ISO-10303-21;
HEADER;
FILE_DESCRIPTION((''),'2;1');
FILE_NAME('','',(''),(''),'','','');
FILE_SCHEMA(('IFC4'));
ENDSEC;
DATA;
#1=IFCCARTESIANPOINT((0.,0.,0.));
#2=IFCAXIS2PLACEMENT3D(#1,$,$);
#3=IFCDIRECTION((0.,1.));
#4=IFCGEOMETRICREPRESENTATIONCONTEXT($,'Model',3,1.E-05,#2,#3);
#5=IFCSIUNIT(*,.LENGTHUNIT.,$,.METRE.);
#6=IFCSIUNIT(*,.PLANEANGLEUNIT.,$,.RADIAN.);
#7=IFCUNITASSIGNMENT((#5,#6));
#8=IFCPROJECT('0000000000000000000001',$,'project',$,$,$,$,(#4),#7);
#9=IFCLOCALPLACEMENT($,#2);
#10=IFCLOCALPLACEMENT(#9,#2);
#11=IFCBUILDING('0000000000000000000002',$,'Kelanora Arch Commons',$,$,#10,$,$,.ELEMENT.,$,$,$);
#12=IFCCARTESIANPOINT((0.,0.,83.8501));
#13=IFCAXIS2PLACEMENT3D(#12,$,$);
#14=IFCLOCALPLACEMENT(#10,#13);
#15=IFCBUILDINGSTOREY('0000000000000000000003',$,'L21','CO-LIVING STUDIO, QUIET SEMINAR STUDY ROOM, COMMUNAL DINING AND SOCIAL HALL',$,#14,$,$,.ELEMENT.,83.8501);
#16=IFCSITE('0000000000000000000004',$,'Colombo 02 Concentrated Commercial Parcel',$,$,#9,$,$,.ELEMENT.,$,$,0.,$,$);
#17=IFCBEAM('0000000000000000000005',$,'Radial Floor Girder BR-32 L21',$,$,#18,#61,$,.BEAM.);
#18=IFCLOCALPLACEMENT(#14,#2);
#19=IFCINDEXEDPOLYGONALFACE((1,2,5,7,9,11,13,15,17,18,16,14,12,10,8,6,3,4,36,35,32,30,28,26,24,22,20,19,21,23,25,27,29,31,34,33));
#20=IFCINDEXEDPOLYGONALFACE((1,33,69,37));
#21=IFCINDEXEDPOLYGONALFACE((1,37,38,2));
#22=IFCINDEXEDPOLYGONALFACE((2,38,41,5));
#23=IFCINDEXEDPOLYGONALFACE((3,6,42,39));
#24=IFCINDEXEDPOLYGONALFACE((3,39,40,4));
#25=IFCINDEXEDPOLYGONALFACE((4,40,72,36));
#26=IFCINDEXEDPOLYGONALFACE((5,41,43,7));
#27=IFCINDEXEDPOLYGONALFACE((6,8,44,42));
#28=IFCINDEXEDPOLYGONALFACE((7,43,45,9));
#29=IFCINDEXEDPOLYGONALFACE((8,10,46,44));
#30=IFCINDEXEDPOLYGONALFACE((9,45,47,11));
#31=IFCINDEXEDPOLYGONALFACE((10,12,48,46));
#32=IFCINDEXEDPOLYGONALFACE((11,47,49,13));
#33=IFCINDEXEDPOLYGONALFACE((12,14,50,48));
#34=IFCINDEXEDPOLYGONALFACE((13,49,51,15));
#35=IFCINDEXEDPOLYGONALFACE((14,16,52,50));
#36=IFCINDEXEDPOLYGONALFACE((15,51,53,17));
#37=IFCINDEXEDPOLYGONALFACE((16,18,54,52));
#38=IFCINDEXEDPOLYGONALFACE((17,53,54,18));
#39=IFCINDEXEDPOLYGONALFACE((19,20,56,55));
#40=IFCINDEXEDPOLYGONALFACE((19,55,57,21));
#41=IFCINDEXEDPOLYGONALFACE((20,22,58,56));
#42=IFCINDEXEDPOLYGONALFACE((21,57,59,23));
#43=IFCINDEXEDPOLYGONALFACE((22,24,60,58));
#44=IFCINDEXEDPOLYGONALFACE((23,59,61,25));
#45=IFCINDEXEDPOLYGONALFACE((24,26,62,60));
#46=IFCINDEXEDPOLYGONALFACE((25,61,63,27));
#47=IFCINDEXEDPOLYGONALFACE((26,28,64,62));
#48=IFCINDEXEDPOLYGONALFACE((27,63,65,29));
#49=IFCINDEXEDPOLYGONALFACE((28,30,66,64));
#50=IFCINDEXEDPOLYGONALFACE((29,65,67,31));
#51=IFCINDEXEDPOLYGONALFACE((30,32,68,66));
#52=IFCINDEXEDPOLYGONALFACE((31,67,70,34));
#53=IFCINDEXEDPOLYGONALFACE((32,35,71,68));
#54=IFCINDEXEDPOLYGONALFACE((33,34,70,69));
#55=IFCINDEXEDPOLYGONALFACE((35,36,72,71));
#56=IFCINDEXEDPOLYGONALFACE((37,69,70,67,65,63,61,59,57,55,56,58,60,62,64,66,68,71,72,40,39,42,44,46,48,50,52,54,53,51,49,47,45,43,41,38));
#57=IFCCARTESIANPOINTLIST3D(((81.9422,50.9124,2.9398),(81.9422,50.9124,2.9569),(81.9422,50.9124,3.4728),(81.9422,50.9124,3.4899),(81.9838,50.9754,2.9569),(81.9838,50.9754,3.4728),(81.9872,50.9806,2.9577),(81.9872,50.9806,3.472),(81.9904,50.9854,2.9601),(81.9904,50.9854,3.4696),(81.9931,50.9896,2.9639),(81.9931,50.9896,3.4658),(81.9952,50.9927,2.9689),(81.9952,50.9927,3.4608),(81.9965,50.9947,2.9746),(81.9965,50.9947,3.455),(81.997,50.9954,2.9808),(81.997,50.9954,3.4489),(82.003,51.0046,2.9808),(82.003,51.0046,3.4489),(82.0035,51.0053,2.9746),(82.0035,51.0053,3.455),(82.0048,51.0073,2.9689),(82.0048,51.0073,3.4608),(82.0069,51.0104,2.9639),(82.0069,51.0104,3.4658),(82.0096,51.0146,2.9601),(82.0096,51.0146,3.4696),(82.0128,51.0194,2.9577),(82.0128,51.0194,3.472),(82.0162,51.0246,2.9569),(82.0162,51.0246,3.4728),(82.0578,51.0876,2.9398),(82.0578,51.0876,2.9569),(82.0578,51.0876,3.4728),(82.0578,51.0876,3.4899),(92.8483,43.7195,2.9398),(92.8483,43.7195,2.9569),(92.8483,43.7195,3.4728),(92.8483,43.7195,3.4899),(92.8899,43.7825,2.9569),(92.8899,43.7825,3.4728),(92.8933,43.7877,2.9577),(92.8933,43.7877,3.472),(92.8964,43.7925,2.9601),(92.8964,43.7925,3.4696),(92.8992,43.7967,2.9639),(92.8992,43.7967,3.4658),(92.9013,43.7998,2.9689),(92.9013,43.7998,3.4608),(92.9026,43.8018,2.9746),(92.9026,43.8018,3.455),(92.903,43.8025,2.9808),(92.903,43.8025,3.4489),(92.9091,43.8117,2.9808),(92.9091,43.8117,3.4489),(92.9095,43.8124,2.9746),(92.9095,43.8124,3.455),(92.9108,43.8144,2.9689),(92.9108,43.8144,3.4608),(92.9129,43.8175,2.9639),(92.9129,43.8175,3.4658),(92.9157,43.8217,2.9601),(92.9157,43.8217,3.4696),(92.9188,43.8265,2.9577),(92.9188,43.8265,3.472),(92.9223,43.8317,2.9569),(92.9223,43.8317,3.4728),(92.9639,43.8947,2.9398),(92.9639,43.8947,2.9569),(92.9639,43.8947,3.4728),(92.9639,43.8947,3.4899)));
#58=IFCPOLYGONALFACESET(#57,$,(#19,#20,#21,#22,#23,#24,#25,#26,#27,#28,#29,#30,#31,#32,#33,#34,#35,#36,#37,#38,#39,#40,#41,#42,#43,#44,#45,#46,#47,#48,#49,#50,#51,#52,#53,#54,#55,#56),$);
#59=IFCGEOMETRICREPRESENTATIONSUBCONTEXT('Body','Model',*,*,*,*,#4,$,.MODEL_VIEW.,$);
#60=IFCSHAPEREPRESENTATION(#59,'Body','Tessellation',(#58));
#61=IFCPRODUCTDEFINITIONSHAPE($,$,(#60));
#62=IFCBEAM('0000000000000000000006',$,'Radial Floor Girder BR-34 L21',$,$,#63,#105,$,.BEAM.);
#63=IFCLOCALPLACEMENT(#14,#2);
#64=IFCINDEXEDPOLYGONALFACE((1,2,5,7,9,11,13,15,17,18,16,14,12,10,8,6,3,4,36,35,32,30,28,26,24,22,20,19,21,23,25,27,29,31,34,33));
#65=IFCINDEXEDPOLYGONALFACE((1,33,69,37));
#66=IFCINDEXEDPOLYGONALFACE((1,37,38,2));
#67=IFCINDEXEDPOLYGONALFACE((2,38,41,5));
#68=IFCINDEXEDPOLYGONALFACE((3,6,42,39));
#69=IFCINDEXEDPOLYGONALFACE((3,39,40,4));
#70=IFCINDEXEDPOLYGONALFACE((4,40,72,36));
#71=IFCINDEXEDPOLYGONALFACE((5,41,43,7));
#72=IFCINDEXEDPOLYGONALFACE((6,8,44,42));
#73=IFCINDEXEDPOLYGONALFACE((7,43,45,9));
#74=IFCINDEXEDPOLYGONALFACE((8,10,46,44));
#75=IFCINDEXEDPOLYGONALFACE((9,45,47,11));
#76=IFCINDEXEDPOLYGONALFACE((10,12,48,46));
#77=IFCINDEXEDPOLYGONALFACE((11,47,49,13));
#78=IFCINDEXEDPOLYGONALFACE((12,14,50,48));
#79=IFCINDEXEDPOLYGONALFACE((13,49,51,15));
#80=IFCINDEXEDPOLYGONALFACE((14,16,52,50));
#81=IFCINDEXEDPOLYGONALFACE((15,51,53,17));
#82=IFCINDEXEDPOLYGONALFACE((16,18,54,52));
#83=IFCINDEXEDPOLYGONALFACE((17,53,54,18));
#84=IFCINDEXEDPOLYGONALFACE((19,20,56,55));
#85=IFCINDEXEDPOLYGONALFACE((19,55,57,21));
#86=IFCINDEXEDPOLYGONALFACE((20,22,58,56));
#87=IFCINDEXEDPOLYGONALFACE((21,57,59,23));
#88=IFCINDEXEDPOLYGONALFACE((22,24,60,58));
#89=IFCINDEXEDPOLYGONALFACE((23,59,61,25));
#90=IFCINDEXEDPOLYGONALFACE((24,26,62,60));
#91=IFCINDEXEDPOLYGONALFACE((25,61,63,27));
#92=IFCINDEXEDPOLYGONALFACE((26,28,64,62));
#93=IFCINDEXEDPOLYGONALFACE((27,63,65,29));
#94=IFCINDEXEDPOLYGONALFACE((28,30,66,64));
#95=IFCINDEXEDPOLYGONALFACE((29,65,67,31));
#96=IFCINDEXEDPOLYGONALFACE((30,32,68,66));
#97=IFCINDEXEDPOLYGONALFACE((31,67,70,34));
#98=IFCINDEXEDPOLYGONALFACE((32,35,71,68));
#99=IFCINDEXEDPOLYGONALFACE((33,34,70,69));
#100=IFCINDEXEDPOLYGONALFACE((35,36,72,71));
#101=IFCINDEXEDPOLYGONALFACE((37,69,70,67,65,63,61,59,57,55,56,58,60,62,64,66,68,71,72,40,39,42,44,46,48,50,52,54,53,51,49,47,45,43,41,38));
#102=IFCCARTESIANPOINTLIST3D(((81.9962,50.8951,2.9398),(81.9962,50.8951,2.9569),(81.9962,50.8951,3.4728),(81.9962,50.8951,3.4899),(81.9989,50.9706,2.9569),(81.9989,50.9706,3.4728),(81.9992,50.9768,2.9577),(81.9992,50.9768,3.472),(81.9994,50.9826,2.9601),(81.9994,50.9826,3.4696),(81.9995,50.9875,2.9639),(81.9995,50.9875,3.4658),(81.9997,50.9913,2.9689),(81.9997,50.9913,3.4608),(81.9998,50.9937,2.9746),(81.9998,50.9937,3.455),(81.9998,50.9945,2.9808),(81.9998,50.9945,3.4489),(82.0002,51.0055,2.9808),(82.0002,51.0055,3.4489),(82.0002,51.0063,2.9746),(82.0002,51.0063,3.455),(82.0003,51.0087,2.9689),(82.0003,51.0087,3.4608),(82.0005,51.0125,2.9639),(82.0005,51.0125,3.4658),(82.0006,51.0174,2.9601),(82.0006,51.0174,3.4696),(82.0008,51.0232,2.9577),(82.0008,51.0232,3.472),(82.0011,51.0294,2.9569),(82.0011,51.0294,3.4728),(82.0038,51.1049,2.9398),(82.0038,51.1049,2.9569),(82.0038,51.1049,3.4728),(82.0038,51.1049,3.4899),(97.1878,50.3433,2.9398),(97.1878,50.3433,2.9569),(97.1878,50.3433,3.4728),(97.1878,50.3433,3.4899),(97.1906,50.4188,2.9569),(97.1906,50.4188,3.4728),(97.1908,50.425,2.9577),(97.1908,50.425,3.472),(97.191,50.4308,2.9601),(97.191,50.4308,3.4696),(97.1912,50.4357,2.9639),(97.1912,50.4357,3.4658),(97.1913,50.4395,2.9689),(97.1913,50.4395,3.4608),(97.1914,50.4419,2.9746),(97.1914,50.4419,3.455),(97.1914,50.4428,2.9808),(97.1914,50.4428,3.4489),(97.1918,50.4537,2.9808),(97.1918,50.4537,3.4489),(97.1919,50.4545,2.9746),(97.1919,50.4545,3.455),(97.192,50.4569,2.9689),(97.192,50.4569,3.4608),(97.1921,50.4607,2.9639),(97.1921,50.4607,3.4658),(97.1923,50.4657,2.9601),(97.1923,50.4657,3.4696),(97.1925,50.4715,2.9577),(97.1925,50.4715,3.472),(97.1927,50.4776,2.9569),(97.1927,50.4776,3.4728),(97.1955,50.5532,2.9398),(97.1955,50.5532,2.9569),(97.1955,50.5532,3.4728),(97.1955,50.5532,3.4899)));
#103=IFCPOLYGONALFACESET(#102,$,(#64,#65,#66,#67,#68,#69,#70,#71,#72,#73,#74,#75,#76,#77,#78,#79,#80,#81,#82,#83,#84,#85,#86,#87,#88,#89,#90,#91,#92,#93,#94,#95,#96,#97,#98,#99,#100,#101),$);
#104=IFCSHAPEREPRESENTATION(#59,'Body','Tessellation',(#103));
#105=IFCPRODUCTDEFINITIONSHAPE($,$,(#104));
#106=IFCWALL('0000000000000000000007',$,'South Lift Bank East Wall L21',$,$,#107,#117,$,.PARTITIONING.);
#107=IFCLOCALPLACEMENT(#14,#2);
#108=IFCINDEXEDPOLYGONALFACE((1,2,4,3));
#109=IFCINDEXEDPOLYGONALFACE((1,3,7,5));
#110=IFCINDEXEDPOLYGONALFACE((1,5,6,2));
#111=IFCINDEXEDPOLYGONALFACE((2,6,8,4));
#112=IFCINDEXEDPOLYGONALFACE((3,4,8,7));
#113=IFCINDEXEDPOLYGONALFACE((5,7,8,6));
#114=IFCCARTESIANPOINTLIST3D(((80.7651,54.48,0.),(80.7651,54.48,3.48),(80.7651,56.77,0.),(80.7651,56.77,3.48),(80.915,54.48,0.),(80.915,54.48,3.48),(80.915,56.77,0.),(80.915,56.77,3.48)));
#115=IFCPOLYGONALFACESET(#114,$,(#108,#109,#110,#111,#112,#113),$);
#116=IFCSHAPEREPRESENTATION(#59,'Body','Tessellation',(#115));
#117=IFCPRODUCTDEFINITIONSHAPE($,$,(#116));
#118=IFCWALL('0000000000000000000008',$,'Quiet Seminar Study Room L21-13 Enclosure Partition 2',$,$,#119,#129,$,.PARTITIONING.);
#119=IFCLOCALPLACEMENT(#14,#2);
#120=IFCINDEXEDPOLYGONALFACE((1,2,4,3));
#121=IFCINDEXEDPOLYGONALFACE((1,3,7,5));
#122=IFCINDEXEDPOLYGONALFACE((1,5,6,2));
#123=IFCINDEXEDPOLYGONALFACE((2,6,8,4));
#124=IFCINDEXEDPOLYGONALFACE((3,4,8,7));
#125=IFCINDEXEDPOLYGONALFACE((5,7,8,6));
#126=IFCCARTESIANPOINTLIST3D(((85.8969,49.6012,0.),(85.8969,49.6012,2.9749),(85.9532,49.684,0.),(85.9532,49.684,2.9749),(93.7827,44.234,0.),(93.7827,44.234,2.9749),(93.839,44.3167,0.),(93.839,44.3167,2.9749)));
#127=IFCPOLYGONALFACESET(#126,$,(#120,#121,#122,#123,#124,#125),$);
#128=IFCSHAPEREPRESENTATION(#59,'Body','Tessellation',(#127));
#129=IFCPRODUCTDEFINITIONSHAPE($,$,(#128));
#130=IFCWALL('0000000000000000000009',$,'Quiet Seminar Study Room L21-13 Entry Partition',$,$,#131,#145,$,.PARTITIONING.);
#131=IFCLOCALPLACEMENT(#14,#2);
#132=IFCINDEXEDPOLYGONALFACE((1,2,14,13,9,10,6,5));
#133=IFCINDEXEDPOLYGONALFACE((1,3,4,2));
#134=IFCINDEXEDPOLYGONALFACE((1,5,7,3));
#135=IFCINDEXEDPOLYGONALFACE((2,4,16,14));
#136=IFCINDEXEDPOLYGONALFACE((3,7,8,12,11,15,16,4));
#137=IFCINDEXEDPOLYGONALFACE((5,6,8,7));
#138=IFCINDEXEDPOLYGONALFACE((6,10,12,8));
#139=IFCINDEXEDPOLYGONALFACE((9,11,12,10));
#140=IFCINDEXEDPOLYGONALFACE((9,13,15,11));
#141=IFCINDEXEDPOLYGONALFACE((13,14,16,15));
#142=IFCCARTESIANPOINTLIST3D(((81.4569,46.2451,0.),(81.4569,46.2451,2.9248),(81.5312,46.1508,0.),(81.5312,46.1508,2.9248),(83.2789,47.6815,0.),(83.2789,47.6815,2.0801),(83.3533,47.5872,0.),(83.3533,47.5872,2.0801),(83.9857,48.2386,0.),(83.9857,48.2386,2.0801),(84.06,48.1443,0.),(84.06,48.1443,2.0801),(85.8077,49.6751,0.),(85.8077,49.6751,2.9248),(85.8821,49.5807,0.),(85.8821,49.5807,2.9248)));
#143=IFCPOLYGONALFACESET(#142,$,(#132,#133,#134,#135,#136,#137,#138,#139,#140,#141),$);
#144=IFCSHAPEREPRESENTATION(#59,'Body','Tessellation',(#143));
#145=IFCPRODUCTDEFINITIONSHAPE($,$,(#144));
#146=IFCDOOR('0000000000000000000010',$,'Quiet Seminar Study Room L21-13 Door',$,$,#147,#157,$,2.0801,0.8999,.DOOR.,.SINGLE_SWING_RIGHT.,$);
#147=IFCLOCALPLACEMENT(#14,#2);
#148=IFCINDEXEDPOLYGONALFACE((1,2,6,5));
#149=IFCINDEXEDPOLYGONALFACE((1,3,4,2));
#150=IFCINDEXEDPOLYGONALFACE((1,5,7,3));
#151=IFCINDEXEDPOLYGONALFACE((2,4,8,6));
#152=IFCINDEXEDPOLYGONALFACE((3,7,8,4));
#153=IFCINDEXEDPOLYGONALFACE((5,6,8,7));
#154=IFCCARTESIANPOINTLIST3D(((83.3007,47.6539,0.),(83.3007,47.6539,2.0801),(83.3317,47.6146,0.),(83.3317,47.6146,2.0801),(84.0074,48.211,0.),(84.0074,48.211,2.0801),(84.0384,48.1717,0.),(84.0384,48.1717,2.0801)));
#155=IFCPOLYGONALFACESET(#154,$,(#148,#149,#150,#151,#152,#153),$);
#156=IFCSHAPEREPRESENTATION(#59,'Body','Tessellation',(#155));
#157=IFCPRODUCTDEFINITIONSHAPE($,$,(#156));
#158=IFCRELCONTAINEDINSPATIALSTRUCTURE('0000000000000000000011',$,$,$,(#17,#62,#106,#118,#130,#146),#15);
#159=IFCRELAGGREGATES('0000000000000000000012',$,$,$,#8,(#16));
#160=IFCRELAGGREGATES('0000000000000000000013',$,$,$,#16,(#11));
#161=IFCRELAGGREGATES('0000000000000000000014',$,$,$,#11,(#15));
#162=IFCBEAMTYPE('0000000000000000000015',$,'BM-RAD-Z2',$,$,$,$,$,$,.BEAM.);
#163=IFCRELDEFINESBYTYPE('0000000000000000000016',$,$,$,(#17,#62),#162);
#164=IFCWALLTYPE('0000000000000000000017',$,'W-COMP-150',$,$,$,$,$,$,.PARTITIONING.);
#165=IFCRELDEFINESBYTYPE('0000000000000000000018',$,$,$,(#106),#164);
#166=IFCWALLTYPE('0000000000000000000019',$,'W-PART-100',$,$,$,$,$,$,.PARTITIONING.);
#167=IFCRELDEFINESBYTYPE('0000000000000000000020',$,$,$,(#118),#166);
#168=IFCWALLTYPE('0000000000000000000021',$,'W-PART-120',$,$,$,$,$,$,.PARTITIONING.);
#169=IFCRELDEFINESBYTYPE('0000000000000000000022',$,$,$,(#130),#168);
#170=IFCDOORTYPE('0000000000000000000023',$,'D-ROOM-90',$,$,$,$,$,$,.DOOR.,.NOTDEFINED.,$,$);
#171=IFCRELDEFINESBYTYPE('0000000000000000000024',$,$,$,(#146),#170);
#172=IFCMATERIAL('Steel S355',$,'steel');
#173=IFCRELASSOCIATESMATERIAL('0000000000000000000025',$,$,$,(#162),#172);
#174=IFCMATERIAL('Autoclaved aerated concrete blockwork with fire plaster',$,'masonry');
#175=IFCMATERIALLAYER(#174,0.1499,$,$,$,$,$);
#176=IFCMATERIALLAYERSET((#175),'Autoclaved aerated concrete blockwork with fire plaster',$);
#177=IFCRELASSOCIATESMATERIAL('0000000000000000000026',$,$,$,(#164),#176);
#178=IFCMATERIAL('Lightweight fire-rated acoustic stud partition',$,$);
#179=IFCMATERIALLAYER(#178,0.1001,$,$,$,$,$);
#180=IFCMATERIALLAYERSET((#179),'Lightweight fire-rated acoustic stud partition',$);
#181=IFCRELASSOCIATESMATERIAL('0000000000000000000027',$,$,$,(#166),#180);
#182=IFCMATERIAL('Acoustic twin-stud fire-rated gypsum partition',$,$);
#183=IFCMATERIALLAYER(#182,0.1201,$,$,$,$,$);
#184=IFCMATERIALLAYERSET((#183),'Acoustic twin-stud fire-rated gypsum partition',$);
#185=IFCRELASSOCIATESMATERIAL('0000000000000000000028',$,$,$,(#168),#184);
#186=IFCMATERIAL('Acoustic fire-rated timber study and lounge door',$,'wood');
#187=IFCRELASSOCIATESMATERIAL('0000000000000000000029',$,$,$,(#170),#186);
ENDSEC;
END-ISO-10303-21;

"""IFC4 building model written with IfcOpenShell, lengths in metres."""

from ifc_helpers import new_model, si_unit, direction, frame, frame_2d, origin, origin_2d, place, context, subcontext, project, spatial, rectangle, i_section, extrude, material, layer, layer_set, material_profile, profile_set, type_object, element, fill, save


model = new_model("IFC4")

# Units and contexts
model_context = context("Model", 3, precision=1e-05, world=origin(), true_north=direction((0.0, 1.0)))
body_context = subcontext(model_context, "Body", "Model", "MODEL_VIEW")
ifc_project = project(units=[si_unit("LENGTHUNIT", "METRE"), si_unit("PLANEANGLEUNIT", "RADIAN")], contexts=[model_context])

# Site, building, storey
site_placement = place(None, origin())
site = spatial("IfcSite", under=ifc_project, at=site_placement, Name="Colombo 02 Concentrated Commercial Parcel", CompositionType="ELEMENT", RefElevation=0.0)
building_placement = place(site_placement, origin())
building = spatial("IfcBuilding", under=site, at=building_placement, Name="Kelanora Arch Commons", CompositionType="ELEMENT")
storey_placement = place(building_placement, frame((0.0, 0.0, 83.8501)))
storey = spatial("IfcBuildingStorey", under=building, at=storey_placement, Name="L21", Description="CO-LIVING STUDIO, QUIET SEMINAR STUDY ROOM, COMMUNAL DINING AND SOCIAL HALL", CompositionType="ELEMENT", Elevation=83.8501)

# Beams
ifc_material_1 = material(Name="Steel S355", Category="steel")
ifc_material_profile_1 = material_profile(ifc_material_1, i_section(OverallWidth=0.21, OverallDepth=0.55, WebThickness=0.011, FlangeThickness=0.0171, FilletRadius=0.0239, at=origin_2d()), Name="IPE550")
ifc_profile_set_1 = profile_set([ifc_material_profile_1], Name="Steel S355")
beam_type_1 = type_object("IfcBeamType", Name="BM-RAD-Z2", PredefinedType="BEAM", material=ifc_profile_set_1)
beam_1_placement = place(storey_placement, frame((82.0, 51.0, 3.2148), z_axis=(0.834789, -0.550571, 0.0), x_axis=(0.550571, 0.834789, 0.0)))
element("IfcBeam", 1, at=beam_1_placement, inside=storey, type_object=beam_type_1, Name="Radial Floor Girder BR-32 L21", PredefinedType="BEAM", context=body_context, shape_type="SweptSolid", body=[
    extrude(i_section(OverallWidth=0.21, OverallDepth=0.55, WebThickness=0.011, FlangeThickness=0.0171, FilletRadius=0.0239, at=origin_2d()), origin(), (0.0, 0.0, 1.0), 13.0645),
])
beam_2_placement = place(storey_placement, frame((82.0, 51.0, 3.2148), z_axis=(0.999341, -0.036296, 0.0), x_axis=(0.036296, 0.999341, 0.0)))
element("IfcBeam", 2, at=beam_2_placement, inside=storey, type_object=beam_type_1, Name="Radial Floor Girder BR-34 L21", PredefinedType="BEAM", context=body_context, shape_type="SweptSolid", body=[
    extrude(i_section(OverallWidth=0.21, OverallDepth=0.55, WebThickness=0.011, FlangeThickness=0.0171, FilletRadius=0.0239, at=origin_2d()), origin(), (0.0, 0.0, 1.0), 15.2017),
])

# Walls
ifc_material_2 = material(Name="Autoclaved aerated concrete blockwork with fire plaster", Category="masonry")
ifc_layer_1 = layer(ifc_material_2, 0.1499)
ifc_layer_set_1 = layer_set([ifc_layer_1], Name="Autoclaved aerated concrete blockwork with fire plaster")
wall_type_1 = type_object("IfcWallType", Name="W-COMP-150", PredefinedType="PARTITIONING", material=ifc_layer_set_1)
wall_1_placement = place(storey_placement, frame((80.8401, 54.48, 0.0), z_axis=(0.0, 0.0, 1.0), x_axis=(0.0, 1.0, 0.0)))
element("IfcWall", 3, at=wall_1_placement, inside=storey, type_object=wall_type_1, Name="South Lift Bank East Wall L21", PredefinedType="PARTITIONING", context=body_context, shape_type="SweptSolid", body=[
    extrude(rectangle(XDim=2.29, YDim=0.1499, at=frame_2d((1.145, 0.0))), origin(), (0.0, 0.0, 1.0), 3.48),
])
ifc_material_3 = material(Name="Lightweight fire-rated acoustic stud partition")
ifc_layer_2 = layer(ifc_material_3, 0.1001)
ifc_layer_set_2 = layer_set([ifc_layer_2], Name="Lightweight fire-rated acoustic stud partition")
wall_type_2 = type_object("IfcWallType", Name="W-PART-100", PredefinedType="PARTITIONING", material=ifc_layer_set_2)
wall_2_placement = place(storey_placement, frame((85.925, 49.6426, 0.0), z_axis=(0.0, 0.0, 1.0), x_axis=(0.826688, -0.56266, 0.0)))
element("IfcWall", 4, at=wall_2_placement, inside=storey, type_object=wall_type_2, Name="Quiet Seminar Study Room L21-13 Enclosure Partition 2", PredefinedType="PARTITIONING", context=body_context, shape_type="SweptSolid", body=[
    extrude(rectangle(XDim=9.5391, YDim=0.1001, at=frame_2d((4.7695, 0.0))), origin(), (0.0, 0.0, 1.0), 2.9749),
])

# Wall, opening, door
ifc_material_4 = material(Name="Acoustic twin-stud fire-rated gypsum partition")
ifc_layer_3 = layer(ifc_material_4, 0.1201)
ifc_layer_set_3 = layer_set([ifc_layer_3], Name="Acoustic twin-stud fire-rated gypsum partition")
wall_type_3 = type_object("IfcWallType", Name="W-PART-120", PredefinedType="PARTITIONING", material=ifc_layer_set_3)
wall_3_placement = place(storey_placement, frame((81.4941, 46.198, 0.0), z_axis=(0.0, 0.0, 1.0), x_axis=(0.785316, 0.619095, 0.0)))
wall_3 = element("IfcWall", 5, at=wall_3_placement, inside=storey, type_object=wall_type_3, Name="Quiet Seminar Study Room L21-13 Entry Partition", PredefinedType="PARTITIONING", context=body_context, shape_type="SweptSolid", body=[
    extrude(rectangle(XDim=5.5403, YDim=0.1201, at=frame_2d((2.77, 0.0))), origin(), (0.0, 0.0, 1.0), 2.9248),
])
opening_1_placement = place(wall_3_placement, frame((2.3201, 0.0, 0.0)))
opening_1 = element("IfcOpeningElement", 6, at=opening_1_placement, cuts=wall_3, PredefinedType="OPENING", context=body_context, shape_type="SweptSolid", body=[
    extrude(rectangle(XDim=0.8999, YDim=2.0801, at=frame_2d((0.45, 1.04))), frame((0.0, 0.0701, 0.0), z_axis=(0.0, -1.0, 0.0), x_axis=(1.0, 0.0, 0.0)), (0.0, 0.0, 1.0), 0.1401),
])
ifc_material_5 = material(Name="Acoustic fire-rated timber study and lounge door", Category="wood")
door_type_1 = type_object("IfcDoorType", Name="D-ROOM-90", OperationType="NOTDEFINED", PredefinedType="DOOR", material=ifc_material_5)
door_1_placement = place(opening_1_placement, origin())
door_1 = element("IfcDoor", 7, at=door_1_placement, inside=storey, type_object=door_type_1, Name="Quiet Seminar Study Room L21-13 Door", OperationType="SINGLE_SWING_RIGHT", OverallHeight=2.0801, OverallWidth=0.8999, PredefinedType="DOOR", context=body_context, shape_type="SweptSolid", body=[
    extrude(rectangle(XDim=0.8999, YDim=2.0801, at=frame_2d((0.45, 1.04))), frame((0.0, 0.0249, 0.0), z_axis=(0.0, -1.0, 0.0), x_axis=(1.0, 0.0, 0.0)), (0.0, 0.0, 1.0), 0.05),
])
fill(opening_1, door_1)

save(model, "model.ifc")
